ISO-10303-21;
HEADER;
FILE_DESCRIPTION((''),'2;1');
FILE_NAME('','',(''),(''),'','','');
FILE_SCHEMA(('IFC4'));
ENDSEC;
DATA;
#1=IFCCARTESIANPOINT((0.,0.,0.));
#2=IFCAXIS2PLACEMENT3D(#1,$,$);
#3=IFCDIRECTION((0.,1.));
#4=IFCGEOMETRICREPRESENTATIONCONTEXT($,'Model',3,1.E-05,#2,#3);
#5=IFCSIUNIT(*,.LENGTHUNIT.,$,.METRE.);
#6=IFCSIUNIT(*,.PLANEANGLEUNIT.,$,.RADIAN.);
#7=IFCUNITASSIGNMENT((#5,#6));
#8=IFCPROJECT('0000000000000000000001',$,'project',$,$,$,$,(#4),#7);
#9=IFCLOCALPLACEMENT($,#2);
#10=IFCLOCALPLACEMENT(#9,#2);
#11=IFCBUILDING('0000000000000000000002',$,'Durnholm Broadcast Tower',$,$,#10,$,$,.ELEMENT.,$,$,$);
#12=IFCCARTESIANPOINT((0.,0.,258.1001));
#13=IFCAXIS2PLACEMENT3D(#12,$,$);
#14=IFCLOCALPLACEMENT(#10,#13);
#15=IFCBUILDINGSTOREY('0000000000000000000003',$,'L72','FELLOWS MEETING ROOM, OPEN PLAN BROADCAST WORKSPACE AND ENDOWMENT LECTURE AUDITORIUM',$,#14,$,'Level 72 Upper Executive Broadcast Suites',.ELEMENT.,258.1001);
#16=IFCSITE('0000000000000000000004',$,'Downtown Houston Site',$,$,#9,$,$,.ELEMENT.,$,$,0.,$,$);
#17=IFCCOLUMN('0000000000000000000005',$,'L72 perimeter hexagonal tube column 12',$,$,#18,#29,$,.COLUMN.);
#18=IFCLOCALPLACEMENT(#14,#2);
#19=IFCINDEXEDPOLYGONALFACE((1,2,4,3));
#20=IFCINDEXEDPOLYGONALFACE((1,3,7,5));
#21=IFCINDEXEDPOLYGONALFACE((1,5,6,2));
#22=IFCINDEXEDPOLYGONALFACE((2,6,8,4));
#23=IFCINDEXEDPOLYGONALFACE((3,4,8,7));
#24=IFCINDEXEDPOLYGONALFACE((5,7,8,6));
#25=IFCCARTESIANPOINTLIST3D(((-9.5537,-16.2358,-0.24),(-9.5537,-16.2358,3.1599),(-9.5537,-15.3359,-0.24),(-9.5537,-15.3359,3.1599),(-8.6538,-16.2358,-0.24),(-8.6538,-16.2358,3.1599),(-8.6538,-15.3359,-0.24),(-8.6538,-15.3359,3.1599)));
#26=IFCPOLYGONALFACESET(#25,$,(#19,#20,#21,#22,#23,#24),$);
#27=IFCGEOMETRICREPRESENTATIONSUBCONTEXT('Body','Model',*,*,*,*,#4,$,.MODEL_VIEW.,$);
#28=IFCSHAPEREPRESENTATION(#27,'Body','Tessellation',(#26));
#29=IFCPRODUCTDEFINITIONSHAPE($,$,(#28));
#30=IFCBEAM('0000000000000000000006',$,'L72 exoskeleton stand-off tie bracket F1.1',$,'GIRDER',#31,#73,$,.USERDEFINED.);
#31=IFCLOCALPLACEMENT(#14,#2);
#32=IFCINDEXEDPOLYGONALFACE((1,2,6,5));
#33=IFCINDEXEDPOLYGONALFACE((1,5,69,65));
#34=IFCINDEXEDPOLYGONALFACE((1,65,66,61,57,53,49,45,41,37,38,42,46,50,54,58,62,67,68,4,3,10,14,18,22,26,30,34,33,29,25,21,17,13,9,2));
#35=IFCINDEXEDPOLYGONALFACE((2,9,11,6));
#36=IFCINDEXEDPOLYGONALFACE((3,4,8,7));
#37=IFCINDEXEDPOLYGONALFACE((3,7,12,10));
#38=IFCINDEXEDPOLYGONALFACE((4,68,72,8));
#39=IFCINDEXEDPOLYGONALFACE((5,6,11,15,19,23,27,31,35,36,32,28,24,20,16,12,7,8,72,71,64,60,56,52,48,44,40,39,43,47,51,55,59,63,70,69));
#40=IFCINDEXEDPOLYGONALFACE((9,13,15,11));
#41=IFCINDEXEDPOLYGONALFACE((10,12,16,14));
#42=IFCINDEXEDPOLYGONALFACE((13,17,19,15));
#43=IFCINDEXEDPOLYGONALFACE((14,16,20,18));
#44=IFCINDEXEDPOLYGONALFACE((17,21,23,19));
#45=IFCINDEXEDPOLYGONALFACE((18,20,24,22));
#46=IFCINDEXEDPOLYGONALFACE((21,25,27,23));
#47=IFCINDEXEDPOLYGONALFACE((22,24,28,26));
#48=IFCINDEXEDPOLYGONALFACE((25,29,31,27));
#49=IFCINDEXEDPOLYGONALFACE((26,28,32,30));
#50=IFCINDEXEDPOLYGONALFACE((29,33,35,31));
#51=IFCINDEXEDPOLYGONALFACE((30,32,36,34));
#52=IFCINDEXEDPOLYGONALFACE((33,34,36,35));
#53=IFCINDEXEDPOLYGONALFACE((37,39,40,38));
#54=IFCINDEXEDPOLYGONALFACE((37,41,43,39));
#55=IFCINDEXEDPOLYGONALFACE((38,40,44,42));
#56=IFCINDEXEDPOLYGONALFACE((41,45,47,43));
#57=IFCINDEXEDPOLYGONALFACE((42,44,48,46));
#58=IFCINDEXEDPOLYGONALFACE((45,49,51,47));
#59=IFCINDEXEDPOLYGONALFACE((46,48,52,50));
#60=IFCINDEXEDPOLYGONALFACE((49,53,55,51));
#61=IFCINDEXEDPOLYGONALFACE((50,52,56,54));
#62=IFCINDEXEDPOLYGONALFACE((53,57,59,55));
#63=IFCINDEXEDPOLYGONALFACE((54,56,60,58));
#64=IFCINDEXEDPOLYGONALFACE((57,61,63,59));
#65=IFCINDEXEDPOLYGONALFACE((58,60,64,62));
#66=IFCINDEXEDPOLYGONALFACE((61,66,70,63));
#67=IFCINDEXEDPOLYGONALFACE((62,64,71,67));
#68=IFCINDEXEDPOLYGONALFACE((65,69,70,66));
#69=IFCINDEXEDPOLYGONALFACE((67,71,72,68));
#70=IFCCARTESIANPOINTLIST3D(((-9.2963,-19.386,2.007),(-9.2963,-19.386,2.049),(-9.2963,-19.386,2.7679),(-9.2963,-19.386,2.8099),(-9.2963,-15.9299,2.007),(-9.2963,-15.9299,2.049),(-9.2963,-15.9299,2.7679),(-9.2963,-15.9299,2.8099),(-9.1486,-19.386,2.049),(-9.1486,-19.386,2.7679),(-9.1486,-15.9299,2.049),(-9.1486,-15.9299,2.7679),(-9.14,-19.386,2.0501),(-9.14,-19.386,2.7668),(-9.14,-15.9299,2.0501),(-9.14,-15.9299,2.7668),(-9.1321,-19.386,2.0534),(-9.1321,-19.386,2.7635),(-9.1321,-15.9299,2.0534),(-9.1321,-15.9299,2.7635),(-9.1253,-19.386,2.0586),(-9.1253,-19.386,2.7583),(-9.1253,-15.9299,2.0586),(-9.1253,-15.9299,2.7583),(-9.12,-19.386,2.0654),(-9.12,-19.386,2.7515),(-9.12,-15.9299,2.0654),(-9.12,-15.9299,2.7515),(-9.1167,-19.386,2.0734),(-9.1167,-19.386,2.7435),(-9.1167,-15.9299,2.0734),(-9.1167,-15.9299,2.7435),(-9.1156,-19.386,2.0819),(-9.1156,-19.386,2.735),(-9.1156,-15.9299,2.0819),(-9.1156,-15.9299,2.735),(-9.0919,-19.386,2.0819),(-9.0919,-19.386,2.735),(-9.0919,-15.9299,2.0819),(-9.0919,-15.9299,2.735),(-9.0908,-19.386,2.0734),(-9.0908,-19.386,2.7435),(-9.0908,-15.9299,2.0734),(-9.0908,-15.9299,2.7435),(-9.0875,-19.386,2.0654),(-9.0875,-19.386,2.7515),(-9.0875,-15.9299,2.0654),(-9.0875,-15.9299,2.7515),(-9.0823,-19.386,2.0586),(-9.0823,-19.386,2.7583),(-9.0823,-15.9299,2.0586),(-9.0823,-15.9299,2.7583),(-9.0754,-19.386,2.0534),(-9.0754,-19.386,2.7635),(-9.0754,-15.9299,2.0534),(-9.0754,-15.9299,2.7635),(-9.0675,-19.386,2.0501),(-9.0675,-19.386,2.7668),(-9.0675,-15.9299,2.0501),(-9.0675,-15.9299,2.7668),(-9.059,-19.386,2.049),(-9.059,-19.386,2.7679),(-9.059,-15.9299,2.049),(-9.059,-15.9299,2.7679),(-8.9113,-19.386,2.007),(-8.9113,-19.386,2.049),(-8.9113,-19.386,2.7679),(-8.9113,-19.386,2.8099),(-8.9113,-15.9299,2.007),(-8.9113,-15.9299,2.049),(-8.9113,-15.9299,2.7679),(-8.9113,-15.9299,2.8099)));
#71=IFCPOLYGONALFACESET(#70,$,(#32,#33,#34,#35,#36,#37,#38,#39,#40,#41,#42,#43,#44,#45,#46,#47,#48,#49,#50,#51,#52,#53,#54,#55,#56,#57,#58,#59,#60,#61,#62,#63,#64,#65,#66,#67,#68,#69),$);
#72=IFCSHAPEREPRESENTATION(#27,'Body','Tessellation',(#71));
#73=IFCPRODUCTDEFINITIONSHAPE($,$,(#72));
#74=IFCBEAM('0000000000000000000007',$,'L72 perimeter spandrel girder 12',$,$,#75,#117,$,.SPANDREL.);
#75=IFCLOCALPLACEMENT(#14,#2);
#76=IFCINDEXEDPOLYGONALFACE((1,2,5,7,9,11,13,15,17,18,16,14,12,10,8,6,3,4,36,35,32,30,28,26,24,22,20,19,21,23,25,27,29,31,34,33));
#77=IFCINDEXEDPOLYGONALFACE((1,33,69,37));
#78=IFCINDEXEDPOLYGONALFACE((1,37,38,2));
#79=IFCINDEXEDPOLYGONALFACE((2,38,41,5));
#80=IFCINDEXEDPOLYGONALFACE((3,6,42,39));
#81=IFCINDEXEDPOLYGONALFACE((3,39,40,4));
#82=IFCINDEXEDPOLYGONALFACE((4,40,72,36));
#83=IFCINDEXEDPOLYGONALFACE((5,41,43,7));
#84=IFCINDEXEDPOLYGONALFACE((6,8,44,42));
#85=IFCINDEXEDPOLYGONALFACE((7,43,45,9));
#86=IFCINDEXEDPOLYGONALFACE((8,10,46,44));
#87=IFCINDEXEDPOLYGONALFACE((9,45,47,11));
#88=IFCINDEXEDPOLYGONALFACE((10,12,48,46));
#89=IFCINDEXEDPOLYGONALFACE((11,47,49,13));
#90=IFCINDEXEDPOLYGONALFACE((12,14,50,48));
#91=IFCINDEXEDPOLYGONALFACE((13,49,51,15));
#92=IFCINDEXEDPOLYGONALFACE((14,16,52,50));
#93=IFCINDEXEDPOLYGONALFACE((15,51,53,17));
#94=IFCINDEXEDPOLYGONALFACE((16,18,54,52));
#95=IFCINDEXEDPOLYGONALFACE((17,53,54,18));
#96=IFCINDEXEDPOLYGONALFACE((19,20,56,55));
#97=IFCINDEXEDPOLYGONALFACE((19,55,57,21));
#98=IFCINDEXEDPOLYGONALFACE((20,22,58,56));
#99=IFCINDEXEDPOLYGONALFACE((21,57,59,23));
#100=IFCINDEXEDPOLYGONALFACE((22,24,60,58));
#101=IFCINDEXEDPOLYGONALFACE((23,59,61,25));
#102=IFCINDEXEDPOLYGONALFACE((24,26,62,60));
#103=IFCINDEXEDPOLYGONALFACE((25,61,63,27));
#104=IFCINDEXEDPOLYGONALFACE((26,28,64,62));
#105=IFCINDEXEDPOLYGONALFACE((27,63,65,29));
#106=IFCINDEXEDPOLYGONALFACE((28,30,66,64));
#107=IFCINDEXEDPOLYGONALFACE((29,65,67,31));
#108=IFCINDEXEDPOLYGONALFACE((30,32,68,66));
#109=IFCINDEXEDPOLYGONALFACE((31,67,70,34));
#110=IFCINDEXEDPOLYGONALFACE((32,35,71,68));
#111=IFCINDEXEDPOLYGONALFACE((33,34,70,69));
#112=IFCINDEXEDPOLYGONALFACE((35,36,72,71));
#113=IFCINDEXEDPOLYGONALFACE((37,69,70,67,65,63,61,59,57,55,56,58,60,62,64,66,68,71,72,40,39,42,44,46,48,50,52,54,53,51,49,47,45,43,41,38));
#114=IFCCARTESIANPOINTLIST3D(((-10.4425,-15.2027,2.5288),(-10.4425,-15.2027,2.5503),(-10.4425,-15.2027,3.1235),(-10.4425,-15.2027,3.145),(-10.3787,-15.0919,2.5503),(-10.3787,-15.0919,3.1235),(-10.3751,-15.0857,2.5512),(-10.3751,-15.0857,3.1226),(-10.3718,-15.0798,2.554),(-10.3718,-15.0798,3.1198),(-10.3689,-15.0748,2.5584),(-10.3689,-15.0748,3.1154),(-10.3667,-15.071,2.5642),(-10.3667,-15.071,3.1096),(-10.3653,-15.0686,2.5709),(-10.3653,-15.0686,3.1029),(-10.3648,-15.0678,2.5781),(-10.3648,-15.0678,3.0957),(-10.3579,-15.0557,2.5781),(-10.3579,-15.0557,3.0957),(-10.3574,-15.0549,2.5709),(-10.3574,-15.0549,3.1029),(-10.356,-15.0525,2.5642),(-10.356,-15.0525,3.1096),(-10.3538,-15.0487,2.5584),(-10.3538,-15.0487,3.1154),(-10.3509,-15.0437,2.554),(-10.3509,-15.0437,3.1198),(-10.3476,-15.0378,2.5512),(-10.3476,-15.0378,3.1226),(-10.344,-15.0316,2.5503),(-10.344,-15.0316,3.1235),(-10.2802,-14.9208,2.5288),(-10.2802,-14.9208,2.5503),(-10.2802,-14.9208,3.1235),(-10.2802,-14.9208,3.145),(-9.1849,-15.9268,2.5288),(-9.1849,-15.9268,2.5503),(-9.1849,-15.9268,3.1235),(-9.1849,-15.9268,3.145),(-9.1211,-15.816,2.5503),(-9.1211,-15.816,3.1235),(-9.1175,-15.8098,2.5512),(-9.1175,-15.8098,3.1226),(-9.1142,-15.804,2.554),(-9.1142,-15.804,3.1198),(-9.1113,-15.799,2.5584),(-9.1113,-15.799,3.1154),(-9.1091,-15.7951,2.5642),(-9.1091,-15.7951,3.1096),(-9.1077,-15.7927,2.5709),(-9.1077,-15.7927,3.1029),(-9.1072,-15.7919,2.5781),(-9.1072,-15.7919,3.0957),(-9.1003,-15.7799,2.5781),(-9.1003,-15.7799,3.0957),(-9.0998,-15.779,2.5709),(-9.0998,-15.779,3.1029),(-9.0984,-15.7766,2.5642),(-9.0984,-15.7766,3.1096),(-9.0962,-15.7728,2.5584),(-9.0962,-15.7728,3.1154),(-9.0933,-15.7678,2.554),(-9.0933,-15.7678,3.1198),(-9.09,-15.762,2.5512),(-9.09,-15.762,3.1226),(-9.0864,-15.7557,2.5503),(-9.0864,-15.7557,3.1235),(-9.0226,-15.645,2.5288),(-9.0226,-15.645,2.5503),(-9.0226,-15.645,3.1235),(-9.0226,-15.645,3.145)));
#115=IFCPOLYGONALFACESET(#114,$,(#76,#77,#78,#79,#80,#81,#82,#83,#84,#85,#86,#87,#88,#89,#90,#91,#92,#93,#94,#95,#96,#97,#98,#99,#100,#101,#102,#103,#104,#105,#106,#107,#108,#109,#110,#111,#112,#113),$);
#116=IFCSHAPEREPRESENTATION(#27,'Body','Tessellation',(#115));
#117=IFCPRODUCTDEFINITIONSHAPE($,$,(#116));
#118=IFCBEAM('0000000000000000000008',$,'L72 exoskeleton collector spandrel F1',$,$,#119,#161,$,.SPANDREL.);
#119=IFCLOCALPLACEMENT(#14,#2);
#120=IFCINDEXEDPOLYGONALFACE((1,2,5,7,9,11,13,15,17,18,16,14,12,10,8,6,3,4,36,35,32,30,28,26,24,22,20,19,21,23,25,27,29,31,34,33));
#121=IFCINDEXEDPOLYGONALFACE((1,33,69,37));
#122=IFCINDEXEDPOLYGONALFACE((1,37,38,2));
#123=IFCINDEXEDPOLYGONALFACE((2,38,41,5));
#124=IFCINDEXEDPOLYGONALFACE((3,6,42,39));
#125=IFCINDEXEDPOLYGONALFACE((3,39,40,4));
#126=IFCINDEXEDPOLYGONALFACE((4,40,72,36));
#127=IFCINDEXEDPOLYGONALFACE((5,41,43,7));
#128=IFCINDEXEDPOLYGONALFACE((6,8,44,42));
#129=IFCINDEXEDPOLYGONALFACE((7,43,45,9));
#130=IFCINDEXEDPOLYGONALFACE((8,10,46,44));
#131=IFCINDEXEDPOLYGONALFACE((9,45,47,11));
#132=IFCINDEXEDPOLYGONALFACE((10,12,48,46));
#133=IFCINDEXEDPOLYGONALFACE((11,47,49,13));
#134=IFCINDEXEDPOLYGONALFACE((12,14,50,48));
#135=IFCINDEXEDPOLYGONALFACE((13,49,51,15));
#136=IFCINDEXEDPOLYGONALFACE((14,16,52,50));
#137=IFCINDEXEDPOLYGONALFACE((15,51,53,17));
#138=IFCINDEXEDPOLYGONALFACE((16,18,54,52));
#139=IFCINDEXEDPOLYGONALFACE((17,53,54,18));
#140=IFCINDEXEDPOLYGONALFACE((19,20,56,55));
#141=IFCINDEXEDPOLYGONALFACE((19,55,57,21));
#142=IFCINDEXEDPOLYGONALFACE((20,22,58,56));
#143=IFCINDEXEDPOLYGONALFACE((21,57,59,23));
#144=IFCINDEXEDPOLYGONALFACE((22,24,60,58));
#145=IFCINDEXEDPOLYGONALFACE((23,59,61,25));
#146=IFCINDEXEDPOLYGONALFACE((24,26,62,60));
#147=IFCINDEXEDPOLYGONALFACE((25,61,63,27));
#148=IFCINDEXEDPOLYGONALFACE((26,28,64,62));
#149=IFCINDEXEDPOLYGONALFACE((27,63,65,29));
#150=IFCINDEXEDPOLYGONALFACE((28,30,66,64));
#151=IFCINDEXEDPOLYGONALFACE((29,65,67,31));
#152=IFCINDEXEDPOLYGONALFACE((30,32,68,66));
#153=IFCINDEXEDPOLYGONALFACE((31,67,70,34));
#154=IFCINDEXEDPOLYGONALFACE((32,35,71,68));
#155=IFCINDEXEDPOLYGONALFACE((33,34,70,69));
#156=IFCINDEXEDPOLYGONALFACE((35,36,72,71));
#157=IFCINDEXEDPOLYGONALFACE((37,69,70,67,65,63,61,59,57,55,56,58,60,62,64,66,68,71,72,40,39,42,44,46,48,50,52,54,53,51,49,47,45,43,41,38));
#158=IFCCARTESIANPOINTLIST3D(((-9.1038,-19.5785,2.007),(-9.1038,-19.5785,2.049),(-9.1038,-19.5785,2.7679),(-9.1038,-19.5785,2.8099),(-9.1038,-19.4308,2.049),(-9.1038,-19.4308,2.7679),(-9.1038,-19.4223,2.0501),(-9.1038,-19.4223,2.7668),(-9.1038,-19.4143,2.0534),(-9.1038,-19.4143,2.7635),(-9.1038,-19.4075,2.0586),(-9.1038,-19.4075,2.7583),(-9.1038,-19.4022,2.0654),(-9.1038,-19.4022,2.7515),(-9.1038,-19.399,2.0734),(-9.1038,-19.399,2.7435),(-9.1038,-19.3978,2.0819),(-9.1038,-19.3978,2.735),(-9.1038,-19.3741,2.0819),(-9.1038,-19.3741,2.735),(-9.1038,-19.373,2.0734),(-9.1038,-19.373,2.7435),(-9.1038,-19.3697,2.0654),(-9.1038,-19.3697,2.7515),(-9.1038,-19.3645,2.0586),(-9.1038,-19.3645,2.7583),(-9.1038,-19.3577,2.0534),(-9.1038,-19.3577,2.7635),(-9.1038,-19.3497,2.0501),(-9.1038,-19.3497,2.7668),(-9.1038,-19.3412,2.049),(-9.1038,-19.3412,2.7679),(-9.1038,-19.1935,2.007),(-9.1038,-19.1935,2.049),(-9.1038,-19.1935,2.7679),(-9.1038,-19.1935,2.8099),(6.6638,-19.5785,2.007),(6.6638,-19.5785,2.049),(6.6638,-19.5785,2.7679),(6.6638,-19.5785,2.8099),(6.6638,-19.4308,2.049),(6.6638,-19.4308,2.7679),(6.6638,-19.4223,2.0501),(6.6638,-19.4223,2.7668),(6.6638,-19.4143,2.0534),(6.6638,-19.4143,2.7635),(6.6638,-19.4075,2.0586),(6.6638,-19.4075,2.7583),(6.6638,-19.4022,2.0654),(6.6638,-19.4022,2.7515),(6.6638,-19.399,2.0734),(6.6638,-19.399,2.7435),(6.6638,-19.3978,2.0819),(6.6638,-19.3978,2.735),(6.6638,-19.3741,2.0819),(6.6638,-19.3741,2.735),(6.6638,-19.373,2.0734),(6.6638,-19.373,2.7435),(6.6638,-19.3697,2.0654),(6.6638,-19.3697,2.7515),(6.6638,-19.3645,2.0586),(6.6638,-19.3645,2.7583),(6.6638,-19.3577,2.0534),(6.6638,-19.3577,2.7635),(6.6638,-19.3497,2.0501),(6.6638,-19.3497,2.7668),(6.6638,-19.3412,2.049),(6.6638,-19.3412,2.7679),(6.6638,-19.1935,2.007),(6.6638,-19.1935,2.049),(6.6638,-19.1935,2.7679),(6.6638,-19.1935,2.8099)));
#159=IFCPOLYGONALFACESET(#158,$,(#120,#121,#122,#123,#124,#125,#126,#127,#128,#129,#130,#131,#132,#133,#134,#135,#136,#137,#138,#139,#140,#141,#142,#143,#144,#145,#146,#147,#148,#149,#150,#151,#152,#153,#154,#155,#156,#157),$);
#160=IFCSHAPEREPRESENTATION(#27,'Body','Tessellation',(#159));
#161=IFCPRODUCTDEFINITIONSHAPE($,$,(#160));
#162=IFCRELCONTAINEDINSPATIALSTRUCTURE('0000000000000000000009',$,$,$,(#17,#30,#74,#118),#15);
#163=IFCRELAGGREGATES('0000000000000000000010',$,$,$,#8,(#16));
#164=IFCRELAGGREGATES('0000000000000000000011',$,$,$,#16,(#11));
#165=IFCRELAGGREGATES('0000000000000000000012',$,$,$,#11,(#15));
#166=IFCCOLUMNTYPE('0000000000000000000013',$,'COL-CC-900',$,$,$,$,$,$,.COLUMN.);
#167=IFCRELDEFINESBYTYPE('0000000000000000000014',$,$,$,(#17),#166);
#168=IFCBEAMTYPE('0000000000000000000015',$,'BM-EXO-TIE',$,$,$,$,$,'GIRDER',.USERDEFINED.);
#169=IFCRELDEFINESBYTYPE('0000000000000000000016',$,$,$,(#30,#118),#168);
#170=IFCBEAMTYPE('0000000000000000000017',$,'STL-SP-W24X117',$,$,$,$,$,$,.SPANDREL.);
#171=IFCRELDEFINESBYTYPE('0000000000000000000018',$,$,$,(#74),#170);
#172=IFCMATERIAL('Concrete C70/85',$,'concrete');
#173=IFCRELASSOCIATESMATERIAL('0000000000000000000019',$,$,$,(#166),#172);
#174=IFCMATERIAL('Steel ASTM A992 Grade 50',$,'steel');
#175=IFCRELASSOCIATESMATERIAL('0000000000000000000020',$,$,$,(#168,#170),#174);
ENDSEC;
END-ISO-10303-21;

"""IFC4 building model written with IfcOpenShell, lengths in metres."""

from ifc_helpers import new_model, si_unit, direction, frame, origin, origin_2d, place, context, subcontext, project, spatial, rectangle, i_section, extrude, source, transform, mapped, material, material_profile, profile_set, type_object, type_shapes, element, save


model = new_model("IFC4")

# Units and contexts
model_context = context("Model", 3, precision=1e-05, world=origin(), true_north=direction((0.0, 1.0)))
body_context = subcontext(model_context, "Body", "Model", "MODEL_VIEW")
ifc_project = project(units=[si_unit("LENGTHUNIT", "METRE"), si_unit("PLANEANGLEUNIT", "RADIAN")], contexts=[model_context])

# Site, building, storey
site_placement = place(None, origin())
site = spatial("IfcSite", under=ifc_project, at=site_placement, Name="Downtown Houston Site", CompositionType="ELEMENT", RefElevation=0.0)
building_placement = place(site_placement, origin())
building = spatial("IfcBuilding", under=site, at=building_placement, Name="Durnholm Broadcast Tower", CompositionType="ELEMENT")
storey_placement = place(building_placement, frame((0.0, 0.0, 258.1001)))
storey = spatial("IfcBuildingStorey", under=building, at=storey_placement, Name="L72", Description="FELLOWS MEETING ROOM, OPEN PLAN BROADCAST WORKSPACE AND ENDOWMENT LECTURE AUDITORIUM", LongName="Level 72 Upper Executive Broadcast Suites", CompositionType="ELEMENT", Elevation=258.1001)

# Column
ifc_material_1 = material(Name="Concrete C70/85", Category="concrete")
ifc_material_profile_1 = material_profile(ifc_material_1, rectangle(XDim=0.8999, YDim=0.8999, at=origin_2d()), Name="RC900X900")
ifc_profile_set_1 = profile_set([ifc_material_profile_1], Name="Concrete C70/85")
column_type = type_object("IfcColumnType", Name="COL-CC-900", PredefinedType="COLUMN", material=ifc_profile_set_1)
shared_shape_1 = source(origin(), body_context, "Body", "SweptSolid", [
    extrude(rectangle(XDim=0.8999, YDim=0.8999, at=origin_2d()), origin(), (0.0, 0.0, 1.0), 3.3999),
])
type_shapes(column_type, [shared_shape_1])
column_placement = place(storey_placement, frame((-9.1038, -15.7859, -0.24), z_axis=(0.0, 0.0, 1.0), x_axis=(1.0, 0.0, 0.0)))
element("IfcColumn", 1, at=column_placement, inside=storey, type_object=column_type, Name="L72 perimeter hexagonal tube column 12", PredefinedType="COLUMN", context=body_context, shape_type="MappedRepresentation", body=[
    mapped(shared_shape_1, transform((0.0, 0.0, 0.0), x_axis=(1.0, 0.0, 0.0), y_axis=(0.0, 1.0, 0.0), z_axis=(0.0, 0.0, 1.0), scale=1.0)),
])

# Beams
ifc_material_2 = material(Name="Steel ASTM A992 Grade 50", Category="steel")
ifc_material_profile_2 = material_profile(ifc_material_2, i_section(OverallWidth=0.385, OverallDepth=0.803, WebThickness=0.0237, FlangeThickness=0.042, FilletRadius=0.033, at=origin_2d()), Name="W30X261")
ifc_profile_set_2 = profile_set([ifc_material_profile_2], Name="Steel ASTM A992 Grade 50")
beam_type_1 = type_object("IfcBeamType", Name="BM-EXO-TIE", ElementType="GIRDER", PredefinedType="USERDEFINED", material=ifc_profile_set_2)
shared_shape_2 = source(origin(), body_context, "Body", "SweptSolid", [
    extrude(i_section(OverallWidth=0.385, OverallDepth=0.803, WebThickness=0.0237, FlangeThickness=0.042, FilletRadius=0.033, at=origin_2d()), origin(), (0.0, 0.0, 1.0), 3.4561),
])
beam_1_placement = place(storey_placement, frame((-9.1038, -15.9299, 2.4084), z_axis=(0.0, -1.0, 0.0), x_axis=(1.0, 0.0, 0.0)))
element("IfcBeam", 2, at=beam_1_placement, inside=storey, type_object=beam_type_1, Name="L72 exoskeleton stand-off tie bracket F1.1", ObjectType="GIRDER", PredefinedType="USERDEFINED", context=body_context, shape_type="MappedRepresentation", body=[
    mapped(shared_shape_2, transform((0.0, 0.0, 0.0), x_axis=(1.0, 0.0, 0.0), y_axis=(0.0, 1.0, 0.0), z_axis=(0.0, 0.0, 1.0), scale=1.0)),
])
ifc_material_profile_3 = material_profile(ifc_material_2, i_section(OverallWidth=0.3252, OverallDepth=0.6162, WebThickness=0.0139, FlangeThickness=0.0215, FilletRadius=0.0278, at=origin_2d()), Name="W24X117")
ifc_profile_set_3 = profile_set([ifc_material_profile_3], Name="Steel ASTM A992 Grade 50")
beam_type_2 = type_object("IfcBeamType", Name="STL-SP-W24X117", PredefinedType="SPANDREL", material=ifc_profile_set_3)
shared_shape_3 = source(origin(), body_context, "Body", "SweptSolid", [
    extrude(i_section(OverallWidth=0.3252, OverallDepth=0.6162, WebThickness=0.0139, FlangeThickness=0.0215, FilletRadius=0.0278, at=origin_2d()), origin(), (0.0, 0.0, 1.0), 1.4512),
])
type_shapes(beam_type_2, [shared_shape_3])
beam_2_placement = place(storey_placement, frame((-9.1038, -15.7859, 2.8369), z_axis=(-0.866603, 0.498999, 0.0), x_axis=(-0.498999, -0.866603, 0.0)))
element("IfcBeam", 3, at=beam_2_placement, inside=storey, type_object=beam_type_2, Name="L72 perimeter spandrel girder 12", PredefinedType="SPANDREL", context=body_context, shape_type="MappedRepresentation", body=[
    mapped(shared_shape_3, transform((0.0, 0.0, 0.0), x_axis=(1.0, 0.0, 0.0), y_axis=(0.0, 1.0, 0.0), z_axis=(0.0, 0.0, 1.0), scale=1.0)),
])
shared_shape_4 = source(origin(), body_context, "Body", "SweptSolid", [
    extrude(i_section(OverallWidth=0.385, OverallDepth=0.803, WebThickness=0.0237, FlangeThickness=0.042, FilletRadius=0.033, at=origin_2d()), origin(), (0.0, 0.0, 1.0), 15.7676),
])
type_shapes(beam_type_1, [shared_shape_2, shared_shape_4])
beam_3_placement = place(storey_placement, frame((-9.1038, -19.386, 2.4084), z_axis=(1.0, 0.0, 0.0), x_axis=(0.0, 1.0, 0.0)))
element("IfcBeam", 4, at=beam_3_placement, inside=storey, type_object=beam_type_1, Name="L72 exoskeleton collector spandrel F1", PredefinedType="SPANDREL", context=body_context, shape_type="MappedRepresentation", body=[
    mapped(shared_shape_4, transform((0.0, 0.0, 0.0), x_axis=(1.0, 0.0, 0.0), y_axis=(0.0, 1.0, 0.0), z_axis=(0.0, 0.0, 1.0), scale=1.0)),
])

save(model, "model.ifc")
